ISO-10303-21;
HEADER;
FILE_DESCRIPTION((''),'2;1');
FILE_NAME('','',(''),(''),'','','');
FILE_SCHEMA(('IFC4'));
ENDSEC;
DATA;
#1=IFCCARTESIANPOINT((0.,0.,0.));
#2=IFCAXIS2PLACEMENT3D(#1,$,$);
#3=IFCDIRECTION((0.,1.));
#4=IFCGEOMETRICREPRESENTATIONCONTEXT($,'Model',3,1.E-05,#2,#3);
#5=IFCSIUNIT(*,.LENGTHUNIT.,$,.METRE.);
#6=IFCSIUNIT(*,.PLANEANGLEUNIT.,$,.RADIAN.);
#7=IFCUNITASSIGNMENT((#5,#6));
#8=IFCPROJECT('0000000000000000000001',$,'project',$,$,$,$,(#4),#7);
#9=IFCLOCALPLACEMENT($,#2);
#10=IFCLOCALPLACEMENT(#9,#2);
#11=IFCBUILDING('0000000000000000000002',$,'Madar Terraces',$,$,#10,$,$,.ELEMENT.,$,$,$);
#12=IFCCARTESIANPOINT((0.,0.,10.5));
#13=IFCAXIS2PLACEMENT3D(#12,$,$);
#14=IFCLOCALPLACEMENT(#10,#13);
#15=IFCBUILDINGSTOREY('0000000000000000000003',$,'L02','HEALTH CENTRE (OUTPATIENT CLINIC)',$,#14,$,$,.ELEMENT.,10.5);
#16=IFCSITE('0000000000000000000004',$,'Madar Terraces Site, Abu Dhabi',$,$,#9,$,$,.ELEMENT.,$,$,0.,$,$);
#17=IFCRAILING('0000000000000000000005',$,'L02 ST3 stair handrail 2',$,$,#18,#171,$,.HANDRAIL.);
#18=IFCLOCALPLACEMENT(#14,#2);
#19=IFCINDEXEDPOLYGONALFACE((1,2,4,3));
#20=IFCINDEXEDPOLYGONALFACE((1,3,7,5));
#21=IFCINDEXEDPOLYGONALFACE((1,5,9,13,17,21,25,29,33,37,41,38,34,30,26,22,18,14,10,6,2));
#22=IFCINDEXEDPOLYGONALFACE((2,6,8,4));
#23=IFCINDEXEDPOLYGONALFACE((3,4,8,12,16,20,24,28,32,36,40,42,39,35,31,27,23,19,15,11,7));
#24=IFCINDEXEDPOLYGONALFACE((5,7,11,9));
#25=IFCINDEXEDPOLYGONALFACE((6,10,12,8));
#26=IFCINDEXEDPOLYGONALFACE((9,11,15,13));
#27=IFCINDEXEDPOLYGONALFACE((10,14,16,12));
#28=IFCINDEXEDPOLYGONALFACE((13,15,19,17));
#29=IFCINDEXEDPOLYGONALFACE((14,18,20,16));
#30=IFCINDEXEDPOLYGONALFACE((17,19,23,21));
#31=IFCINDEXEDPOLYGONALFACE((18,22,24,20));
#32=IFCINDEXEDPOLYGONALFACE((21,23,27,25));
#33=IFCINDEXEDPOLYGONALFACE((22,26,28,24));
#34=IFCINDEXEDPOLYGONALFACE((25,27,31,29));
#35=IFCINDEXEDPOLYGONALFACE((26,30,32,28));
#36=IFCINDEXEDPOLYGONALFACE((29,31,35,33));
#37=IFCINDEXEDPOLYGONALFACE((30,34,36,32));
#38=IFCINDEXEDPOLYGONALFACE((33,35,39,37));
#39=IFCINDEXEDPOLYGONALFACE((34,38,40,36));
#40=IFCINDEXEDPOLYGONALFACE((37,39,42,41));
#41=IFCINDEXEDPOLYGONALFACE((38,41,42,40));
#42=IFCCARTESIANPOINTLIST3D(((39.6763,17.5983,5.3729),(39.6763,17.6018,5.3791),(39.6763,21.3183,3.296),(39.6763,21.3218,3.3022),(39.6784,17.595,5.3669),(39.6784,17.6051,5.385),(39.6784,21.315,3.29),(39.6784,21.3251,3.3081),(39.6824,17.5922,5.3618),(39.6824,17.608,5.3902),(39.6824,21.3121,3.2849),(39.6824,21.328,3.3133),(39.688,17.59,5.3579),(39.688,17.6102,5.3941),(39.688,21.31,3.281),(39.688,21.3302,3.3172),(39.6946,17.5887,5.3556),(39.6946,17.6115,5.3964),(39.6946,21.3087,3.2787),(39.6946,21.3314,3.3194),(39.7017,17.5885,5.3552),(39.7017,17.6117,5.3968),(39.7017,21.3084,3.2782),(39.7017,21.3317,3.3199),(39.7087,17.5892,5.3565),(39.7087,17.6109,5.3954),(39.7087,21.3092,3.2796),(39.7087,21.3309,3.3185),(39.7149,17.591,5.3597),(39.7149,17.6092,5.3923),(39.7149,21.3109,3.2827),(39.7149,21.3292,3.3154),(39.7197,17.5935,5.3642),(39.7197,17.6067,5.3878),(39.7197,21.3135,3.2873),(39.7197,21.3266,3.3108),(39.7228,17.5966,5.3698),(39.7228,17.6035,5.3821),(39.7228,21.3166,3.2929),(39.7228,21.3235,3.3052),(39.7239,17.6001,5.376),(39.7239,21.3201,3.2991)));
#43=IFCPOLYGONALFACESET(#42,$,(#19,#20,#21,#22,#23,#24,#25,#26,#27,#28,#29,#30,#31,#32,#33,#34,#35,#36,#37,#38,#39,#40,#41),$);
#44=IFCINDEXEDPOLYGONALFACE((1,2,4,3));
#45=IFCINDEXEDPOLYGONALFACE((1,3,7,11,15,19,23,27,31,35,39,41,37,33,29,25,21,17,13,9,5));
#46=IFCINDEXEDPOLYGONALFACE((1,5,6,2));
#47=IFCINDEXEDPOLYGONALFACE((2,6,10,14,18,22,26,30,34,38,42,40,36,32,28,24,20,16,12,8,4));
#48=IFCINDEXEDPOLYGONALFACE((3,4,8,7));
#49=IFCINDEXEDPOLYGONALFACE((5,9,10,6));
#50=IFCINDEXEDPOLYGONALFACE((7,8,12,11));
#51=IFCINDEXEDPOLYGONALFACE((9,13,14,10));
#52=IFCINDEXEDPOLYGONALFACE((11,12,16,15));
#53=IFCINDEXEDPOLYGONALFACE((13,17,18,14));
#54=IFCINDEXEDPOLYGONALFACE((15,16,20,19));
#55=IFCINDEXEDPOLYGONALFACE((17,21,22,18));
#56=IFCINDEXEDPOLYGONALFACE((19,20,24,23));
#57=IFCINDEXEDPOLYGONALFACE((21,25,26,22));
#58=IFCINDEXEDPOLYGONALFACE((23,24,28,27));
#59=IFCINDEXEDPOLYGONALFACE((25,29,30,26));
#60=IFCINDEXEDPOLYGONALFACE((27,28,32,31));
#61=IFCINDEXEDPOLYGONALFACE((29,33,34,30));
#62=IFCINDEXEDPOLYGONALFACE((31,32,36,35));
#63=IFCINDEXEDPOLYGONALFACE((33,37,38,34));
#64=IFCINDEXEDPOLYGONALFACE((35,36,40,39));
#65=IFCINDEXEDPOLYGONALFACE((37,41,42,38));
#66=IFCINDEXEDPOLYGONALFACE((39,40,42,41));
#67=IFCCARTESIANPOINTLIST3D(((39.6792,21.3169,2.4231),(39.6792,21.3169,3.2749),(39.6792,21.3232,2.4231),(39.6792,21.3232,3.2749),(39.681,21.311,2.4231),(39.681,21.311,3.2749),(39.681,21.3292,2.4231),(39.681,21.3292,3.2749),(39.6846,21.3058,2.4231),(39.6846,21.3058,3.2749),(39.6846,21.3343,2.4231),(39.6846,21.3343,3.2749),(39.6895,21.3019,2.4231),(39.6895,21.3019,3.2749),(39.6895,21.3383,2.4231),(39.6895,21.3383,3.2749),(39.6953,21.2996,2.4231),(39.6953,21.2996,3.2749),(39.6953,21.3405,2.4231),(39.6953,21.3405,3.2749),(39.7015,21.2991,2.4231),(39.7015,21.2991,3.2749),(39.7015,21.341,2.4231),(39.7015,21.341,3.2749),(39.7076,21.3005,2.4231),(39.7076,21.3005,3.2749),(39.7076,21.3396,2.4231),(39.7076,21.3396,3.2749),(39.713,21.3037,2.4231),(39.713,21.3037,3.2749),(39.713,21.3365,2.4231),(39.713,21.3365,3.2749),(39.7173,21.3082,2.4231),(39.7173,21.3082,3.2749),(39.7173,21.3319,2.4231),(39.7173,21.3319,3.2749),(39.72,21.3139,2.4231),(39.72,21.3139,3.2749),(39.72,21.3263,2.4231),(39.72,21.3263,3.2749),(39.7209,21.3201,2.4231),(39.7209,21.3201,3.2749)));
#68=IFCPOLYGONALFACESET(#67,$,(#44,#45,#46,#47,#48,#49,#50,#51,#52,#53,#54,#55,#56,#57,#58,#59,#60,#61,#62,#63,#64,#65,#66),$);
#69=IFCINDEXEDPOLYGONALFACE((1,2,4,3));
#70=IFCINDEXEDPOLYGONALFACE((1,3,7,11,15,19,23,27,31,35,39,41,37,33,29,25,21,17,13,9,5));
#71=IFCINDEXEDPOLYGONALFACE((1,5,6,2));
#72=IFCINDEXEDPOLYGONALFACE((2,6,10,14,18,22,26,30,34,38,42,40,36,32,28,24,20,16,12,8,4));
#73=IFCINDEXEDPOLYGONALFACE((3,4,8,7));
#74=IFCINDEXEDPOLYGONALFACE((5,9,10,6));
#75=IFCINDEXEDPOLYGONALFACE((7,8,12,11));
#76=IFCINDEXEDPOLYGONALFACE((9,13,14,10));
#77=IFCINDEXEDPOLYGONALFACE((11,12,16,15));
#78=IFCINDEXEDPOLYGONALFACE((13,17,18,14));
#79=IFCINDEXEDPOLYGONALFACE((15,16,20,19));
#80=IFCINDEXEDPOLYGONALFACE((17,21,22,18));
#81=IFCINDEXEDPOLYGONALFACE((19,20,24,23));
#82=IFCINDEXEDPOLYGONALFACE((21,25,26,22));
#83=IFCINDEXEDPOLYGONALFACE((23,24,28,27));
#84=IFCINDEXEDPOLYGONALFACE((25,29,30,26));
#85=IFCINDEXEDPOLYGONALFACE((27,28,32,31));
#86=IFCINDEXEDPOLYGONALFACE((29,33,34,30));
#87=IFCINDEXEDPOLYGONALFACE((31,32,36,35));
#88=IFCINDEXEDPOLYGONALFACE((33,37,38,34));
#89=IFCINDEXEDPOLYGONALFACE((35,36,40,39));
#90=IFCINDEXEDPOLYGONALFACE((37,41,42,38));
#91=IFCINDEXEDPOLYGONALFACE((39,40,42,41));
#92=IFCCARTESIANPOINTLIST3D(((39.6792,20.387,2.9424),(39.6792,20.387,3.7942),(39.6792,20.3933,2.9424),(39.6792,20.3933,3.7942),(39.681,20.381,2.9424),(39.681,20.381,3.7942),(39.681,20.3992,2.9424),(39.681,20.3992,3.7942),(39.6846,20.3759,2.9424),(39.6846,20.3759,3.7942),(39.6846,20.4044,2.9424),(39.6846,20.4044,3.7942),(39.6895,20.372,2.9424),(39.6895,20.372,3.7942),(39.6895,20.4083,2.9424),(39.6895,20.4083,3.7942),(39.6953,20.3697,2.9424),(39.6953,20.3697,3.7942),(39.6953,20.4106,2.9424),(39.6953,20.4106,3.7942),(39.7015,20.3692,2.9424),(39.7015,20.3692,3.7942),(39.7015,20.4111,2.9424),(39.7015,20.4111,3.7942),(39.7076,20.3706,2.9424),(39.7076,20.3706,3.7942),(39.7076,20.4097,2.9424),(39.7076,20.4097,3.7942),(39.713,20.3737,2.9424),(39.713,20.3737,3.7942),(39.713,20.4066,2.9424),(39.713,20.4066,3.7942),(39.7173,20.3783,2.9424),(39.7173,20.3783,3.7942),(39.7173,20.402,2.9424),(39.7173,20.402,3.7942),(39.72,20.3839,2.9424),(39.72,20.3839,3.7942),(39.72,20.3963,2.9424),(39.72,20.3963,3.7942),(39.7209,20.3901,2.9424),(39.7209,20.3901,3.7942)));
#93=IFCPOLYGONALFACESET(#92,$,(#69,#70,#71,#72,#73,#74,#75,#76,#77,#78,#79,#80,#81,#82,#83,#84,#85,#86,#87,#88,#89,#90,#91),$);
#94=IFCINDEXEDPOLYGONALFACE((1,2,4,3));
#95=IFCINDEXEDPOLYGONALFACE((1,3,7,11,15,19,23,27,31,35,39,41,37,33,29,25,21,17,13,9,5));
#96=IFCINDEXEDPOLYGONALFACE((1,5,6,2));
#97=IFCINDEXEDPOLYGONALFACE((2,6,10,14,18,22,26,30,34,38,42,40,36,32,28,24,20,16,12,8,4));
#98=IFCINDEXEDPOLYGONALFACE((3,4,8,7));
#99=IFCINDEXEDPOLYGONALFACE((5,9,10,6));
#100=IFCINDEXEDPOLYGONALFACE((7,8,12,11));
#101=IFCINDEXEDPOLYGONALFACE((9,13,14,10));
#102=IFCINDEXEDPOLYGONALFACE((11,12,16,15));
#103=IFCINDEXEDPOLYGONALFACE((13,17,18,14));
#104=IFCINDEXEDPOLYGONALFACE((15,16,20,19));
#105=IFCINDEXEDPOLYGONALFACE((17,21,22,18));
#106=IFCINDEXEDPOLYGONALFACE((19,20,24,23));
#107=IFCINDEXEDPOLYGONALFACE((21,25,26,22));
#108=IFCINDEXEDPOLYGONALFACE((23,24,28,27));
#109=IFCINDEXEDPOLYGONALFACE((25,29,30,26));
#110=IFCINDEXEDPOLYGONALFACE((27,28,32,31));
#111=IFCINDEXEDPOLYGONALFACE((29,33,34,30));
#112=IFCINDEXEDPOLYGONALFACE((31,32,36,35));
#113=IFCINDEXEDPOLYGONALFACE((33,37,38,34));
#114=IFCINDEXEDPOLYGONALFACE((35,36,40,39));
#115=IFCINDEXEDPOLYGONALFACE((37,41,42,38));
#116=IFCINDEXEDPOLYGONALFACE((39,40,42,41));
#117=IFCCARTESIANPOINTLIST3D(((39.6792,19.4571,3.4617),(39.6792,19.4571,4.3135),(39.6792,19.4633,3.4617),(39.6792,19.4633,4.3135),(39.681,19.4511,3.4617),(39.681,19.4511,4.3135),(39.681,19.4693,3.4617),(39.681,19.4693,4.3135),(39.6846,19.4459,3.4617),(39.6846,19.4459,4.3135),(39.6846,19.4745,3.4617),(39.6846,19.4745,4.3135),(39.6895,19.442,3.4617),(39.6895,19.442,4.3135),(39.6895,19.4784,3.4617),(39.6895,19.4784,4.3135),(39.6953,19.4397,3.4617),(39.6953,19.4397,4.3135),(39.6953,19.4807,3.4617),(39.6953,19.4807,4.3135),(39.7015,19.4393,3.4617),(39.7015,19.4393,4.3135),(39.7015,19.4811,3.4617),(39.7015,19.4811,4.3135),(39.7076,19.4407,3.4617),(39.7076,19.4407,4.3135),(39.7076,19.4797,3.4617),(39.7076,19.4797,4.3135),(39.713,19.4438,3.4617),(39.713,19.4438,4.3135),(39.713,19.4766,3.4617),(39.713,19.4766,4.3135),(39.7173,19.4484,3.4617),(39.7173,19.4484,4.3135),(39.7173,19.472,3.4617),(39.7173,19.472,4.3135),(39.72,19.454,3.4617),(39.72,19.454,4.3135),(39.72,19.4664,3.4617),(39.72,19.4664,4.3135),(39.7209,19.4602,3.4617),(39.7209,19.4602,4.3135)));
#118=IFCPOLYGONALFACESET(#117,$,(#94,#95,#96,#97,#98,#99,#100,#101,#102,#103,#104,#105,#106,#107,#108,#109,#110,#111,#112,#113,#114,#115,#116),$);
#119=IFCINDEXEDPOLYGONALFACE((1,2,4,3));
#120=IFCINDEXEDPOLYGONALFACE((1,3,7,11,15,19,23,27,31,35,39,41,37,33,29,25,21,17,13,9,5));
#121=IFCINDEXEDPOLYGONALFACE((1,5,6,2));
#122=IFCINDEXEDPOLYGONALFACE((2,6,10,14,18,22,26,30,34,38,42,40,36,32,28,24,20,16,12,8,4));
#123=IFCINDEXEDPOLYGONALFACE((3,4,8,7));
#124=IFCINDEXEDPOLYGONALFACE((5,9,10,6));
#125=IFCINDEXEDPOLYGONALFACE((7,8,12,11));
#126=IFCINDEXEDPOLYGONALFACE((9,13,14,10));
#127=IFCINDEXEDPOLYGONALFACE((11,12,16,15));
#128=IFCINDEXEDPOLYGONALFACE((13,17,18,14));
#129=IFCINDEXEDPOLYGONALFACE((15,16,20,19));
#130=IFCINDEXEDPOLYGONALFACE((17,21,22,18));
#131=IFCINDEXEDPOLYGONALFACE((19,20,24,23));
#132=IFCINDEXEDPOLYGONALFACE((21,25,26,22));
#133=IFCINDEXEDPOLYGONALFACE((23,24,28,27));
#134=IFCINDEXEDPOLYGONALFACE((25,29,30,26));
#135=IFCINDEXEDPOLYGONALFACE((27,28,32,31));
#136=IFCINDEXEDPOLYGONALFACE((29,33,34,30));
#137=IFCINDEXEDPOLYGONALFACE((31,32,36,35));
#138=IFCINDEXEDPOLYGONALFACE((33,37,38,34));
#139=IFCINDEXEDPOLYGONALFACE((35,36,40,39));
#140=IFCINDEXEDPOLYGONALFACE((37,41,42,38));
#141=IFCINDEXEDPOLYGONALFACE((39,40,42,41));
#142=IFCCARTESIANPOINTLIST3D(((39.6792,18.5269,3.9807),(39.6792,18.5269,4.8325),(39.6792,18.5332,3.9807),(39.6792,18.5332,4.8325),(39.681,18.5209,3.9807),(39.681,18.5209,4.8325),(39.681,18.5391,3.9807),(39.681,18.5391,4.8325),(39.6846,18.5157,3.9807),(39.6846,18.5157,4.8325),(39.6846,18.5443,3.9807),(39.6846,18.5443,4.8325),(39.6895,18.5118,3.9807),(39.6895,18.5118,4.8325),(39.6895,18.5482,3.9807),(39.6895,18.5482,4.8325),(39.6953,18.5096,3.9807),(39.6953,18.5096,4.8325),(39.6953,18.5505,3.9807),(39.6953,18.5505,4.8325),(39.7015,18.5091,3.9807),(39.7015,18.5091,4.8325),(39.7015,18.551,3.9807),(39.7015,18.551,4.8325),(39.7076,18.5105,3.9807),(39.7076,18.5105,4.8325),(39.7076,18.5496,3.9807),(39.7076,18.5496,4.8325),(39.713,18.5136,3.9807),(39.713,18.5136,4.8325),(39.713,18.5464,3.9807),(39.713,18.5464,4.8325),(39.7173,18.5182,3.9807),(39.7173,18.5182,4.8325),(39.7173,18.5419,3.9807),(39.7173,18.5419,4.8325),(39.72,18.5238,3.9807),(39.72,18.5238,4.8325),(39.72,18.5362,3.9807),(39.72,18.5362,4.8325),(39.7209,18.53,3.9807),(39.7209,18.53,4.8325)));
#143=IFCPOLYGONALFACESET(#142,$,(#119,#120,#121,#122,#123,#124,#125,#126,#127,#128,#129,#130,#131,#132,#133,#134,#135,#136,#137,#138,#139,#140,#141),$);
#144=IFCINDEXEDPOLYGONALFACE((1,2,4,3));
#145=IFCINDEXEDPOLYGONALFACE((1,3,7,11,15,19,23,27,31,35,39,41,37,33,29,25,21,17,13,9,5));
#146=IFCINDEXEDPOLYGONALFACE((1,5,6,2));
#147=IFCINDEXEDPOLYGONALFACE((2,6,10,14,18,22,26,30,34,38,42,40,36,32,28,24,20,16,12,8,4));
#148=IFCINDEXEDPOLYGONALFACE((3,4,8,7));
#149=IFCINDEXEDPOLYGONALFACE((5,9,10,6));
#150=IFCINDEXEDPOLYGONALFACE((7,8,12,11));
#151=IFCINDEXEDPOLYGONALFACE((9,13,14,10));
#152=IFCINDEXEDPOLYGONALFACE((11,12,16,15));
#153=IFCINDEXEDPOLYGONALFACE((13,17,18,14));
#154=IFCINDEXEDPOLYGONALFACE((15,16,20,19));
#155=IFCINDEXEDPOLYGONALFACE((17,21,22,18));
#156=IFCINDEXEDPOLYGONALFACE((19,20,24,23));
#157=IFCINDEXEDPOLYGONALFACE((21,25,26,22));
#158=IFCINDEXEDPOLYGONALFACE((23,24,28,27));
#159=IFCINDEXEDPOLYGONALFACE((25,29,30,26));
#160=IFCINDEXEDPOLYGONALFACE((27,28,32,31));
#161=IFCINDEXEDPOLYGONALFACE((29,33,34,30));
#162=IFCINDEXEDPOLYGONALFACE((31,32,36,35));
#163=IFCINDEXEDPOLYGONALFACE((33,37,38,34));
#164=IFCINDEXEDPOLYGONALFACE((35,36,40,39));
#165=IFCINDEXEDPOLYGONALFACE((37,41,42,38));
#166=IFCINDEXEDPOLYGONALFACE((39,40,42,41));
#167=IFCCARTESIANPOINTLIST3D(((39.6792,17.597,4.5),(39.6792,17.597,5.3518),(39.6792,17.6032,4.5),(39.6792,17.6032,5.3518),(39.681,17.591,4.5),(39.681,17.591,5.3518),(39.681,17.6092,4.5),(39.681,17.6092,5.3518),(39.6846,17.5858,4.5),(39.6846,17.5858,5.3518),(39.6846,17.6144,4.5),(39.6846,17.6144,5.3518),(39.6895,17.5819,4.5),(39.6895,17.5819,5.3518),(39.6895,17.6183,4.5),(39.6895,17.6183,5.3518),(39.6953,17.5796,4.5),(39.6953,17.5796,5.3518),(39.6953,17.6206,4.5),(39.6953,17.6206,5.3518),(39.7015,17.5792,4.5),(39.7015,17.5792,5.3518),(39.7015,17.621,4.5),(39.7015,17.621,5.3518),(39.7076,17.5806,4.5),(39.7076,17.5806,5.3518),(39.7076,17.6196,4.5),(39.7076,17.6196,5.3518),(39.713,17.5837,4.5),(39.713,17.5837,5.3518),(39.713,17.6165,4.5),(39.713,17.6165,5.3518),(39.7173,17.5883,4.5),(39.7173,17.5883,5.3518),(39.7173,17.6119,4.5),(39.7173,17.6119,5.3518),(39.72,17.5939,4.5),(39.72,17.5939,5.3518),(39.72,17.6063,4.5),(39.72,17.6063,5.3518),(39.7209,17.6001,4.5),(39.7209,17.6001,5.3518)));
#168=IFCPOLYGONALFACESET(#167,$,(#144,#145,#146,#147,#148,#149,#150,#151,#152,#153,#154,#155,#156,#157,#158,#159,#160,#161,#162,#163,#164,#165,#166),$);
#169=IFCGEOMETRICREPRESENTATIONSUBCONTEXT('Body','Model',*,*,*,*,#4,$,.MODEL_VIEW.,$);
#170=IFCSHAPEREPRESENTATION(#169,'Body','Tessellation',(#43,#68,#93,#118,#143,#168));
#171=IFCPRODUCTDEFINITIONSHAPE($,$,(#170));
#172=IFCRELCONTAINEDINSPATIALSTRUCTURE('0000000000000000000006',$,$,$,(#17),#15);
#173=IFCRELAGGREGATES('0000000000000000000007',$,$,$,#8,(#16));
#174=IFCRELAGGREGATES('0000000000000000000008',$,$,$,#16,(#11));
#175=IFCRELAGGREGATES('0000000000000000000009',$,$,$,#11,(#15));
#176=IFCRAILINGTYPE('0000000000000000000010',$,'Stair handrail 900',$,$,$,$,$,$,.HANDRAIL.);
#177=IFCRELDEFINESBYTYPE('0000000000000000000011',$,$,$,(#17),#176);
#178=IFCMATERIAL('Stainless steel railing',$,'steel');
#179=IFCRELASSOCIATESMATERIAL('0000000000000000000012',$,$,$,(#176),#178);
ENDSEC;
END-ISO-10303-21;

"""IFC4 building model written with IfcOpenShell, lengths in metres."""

from ifc_helpers import new_model, si_unit, direction, frame, origin, origin_2d, place, context, subcontext, project, spatial, circle, extrude, material, type_object, element, save


model = new_model("IFC4")

# Units and contexts
model_context = context("Model", 3, precision=1e-05, world=origin(), true_north=direction((0.0, 1.0)))
body_context = subcontext(model_context, "Body", "Model", "MODEL_VIEW")
ifc_project = project(units=[si_unit("LENGTHUNIT", "METRE"), si_unit("PLANEANGLEUNIT", "RADIAN")], contexts=[model_context])

# Site, building, storey
site_placement = place(None, origin())
site = spatial("IfcSite", under=ifc_project, at=site_placement, Name="Madar Terraces Site, Abu Dhabi", CompositionType="ELEMENT", RefElevation=0.0)
building_placement = place(site_placement, origin())
building = spatial("IfcBuilding", under=site, at=building_placement, Name="Madar Terraces", CompositionType="ELEMENT")
storey_placement = place(building_placement, frame((0.0, 0.0, 10.5)))
storey = spatial("IfcBuildingStorey", under=building, at=storey_placement, Name="L02", Description="HEALTH CENTRE (OUTPATIENT CLINIC)", CompositionType="ELEMENT", Elevation=10.5)

# Railing
ifc_material_1 = material(Name="Stainless steel railing", Category="steel")
railing_type_1 = type_object("IfcRailingType", Name="Stair handrail 900", PredefinedType="HANDRAIL", material=ifc_material_1)
railing_1_placement = place(storey_placement, frame((39.7, 21.3201, 2.4231)))
element("IfcRailing", 1, at=railing_1_placement, inside=storey, type_object=railing_type_1, Name="L02 ST3 stair handrail 2", PredefinedType="HANDRAIL", context=body_context, shape_type="SweptSolid", body=[
    extrude(circle(Radius=0.0239, at=origin_2d()), frame((0.0, 0.0, 0.876), z_axis=(0.0, -0.873134, 0.487481), x_axis=(1.0, 0.0, 0.0)), (0.0, 0.0, 1.0), 4.2605),
    extrude(circle(Radius=0.021, at=origin_2d()), origin(), (0.0, 0.0, 1.0), 0.8518),
    extrude(circle(Radius=0.021, at=origin_2d()), frame((0.0, -0.9299, 0.5193)), (0.0, 0.0, 1.0), 0.8518),
    extrude(circle(Radius=0.021, at=origin_2d()), frame((0.0, -1.8599, 1.0386)), (0.0, 0.0, 1.0), 0.8518),
    extrude(circle(Radius=0.021, at=origin_2d()), frame((0.0, -2.79, 1.5576)), (0.0, 0.0, 1.0), 0.8518),
    extrude(circle(Radius=0.021, at=origin_2d()), frame((0.0, -3.72, 2.0769)), (0.0, 0.0, 1.0), 0.8518),
])

save(model, "model.ifc")
